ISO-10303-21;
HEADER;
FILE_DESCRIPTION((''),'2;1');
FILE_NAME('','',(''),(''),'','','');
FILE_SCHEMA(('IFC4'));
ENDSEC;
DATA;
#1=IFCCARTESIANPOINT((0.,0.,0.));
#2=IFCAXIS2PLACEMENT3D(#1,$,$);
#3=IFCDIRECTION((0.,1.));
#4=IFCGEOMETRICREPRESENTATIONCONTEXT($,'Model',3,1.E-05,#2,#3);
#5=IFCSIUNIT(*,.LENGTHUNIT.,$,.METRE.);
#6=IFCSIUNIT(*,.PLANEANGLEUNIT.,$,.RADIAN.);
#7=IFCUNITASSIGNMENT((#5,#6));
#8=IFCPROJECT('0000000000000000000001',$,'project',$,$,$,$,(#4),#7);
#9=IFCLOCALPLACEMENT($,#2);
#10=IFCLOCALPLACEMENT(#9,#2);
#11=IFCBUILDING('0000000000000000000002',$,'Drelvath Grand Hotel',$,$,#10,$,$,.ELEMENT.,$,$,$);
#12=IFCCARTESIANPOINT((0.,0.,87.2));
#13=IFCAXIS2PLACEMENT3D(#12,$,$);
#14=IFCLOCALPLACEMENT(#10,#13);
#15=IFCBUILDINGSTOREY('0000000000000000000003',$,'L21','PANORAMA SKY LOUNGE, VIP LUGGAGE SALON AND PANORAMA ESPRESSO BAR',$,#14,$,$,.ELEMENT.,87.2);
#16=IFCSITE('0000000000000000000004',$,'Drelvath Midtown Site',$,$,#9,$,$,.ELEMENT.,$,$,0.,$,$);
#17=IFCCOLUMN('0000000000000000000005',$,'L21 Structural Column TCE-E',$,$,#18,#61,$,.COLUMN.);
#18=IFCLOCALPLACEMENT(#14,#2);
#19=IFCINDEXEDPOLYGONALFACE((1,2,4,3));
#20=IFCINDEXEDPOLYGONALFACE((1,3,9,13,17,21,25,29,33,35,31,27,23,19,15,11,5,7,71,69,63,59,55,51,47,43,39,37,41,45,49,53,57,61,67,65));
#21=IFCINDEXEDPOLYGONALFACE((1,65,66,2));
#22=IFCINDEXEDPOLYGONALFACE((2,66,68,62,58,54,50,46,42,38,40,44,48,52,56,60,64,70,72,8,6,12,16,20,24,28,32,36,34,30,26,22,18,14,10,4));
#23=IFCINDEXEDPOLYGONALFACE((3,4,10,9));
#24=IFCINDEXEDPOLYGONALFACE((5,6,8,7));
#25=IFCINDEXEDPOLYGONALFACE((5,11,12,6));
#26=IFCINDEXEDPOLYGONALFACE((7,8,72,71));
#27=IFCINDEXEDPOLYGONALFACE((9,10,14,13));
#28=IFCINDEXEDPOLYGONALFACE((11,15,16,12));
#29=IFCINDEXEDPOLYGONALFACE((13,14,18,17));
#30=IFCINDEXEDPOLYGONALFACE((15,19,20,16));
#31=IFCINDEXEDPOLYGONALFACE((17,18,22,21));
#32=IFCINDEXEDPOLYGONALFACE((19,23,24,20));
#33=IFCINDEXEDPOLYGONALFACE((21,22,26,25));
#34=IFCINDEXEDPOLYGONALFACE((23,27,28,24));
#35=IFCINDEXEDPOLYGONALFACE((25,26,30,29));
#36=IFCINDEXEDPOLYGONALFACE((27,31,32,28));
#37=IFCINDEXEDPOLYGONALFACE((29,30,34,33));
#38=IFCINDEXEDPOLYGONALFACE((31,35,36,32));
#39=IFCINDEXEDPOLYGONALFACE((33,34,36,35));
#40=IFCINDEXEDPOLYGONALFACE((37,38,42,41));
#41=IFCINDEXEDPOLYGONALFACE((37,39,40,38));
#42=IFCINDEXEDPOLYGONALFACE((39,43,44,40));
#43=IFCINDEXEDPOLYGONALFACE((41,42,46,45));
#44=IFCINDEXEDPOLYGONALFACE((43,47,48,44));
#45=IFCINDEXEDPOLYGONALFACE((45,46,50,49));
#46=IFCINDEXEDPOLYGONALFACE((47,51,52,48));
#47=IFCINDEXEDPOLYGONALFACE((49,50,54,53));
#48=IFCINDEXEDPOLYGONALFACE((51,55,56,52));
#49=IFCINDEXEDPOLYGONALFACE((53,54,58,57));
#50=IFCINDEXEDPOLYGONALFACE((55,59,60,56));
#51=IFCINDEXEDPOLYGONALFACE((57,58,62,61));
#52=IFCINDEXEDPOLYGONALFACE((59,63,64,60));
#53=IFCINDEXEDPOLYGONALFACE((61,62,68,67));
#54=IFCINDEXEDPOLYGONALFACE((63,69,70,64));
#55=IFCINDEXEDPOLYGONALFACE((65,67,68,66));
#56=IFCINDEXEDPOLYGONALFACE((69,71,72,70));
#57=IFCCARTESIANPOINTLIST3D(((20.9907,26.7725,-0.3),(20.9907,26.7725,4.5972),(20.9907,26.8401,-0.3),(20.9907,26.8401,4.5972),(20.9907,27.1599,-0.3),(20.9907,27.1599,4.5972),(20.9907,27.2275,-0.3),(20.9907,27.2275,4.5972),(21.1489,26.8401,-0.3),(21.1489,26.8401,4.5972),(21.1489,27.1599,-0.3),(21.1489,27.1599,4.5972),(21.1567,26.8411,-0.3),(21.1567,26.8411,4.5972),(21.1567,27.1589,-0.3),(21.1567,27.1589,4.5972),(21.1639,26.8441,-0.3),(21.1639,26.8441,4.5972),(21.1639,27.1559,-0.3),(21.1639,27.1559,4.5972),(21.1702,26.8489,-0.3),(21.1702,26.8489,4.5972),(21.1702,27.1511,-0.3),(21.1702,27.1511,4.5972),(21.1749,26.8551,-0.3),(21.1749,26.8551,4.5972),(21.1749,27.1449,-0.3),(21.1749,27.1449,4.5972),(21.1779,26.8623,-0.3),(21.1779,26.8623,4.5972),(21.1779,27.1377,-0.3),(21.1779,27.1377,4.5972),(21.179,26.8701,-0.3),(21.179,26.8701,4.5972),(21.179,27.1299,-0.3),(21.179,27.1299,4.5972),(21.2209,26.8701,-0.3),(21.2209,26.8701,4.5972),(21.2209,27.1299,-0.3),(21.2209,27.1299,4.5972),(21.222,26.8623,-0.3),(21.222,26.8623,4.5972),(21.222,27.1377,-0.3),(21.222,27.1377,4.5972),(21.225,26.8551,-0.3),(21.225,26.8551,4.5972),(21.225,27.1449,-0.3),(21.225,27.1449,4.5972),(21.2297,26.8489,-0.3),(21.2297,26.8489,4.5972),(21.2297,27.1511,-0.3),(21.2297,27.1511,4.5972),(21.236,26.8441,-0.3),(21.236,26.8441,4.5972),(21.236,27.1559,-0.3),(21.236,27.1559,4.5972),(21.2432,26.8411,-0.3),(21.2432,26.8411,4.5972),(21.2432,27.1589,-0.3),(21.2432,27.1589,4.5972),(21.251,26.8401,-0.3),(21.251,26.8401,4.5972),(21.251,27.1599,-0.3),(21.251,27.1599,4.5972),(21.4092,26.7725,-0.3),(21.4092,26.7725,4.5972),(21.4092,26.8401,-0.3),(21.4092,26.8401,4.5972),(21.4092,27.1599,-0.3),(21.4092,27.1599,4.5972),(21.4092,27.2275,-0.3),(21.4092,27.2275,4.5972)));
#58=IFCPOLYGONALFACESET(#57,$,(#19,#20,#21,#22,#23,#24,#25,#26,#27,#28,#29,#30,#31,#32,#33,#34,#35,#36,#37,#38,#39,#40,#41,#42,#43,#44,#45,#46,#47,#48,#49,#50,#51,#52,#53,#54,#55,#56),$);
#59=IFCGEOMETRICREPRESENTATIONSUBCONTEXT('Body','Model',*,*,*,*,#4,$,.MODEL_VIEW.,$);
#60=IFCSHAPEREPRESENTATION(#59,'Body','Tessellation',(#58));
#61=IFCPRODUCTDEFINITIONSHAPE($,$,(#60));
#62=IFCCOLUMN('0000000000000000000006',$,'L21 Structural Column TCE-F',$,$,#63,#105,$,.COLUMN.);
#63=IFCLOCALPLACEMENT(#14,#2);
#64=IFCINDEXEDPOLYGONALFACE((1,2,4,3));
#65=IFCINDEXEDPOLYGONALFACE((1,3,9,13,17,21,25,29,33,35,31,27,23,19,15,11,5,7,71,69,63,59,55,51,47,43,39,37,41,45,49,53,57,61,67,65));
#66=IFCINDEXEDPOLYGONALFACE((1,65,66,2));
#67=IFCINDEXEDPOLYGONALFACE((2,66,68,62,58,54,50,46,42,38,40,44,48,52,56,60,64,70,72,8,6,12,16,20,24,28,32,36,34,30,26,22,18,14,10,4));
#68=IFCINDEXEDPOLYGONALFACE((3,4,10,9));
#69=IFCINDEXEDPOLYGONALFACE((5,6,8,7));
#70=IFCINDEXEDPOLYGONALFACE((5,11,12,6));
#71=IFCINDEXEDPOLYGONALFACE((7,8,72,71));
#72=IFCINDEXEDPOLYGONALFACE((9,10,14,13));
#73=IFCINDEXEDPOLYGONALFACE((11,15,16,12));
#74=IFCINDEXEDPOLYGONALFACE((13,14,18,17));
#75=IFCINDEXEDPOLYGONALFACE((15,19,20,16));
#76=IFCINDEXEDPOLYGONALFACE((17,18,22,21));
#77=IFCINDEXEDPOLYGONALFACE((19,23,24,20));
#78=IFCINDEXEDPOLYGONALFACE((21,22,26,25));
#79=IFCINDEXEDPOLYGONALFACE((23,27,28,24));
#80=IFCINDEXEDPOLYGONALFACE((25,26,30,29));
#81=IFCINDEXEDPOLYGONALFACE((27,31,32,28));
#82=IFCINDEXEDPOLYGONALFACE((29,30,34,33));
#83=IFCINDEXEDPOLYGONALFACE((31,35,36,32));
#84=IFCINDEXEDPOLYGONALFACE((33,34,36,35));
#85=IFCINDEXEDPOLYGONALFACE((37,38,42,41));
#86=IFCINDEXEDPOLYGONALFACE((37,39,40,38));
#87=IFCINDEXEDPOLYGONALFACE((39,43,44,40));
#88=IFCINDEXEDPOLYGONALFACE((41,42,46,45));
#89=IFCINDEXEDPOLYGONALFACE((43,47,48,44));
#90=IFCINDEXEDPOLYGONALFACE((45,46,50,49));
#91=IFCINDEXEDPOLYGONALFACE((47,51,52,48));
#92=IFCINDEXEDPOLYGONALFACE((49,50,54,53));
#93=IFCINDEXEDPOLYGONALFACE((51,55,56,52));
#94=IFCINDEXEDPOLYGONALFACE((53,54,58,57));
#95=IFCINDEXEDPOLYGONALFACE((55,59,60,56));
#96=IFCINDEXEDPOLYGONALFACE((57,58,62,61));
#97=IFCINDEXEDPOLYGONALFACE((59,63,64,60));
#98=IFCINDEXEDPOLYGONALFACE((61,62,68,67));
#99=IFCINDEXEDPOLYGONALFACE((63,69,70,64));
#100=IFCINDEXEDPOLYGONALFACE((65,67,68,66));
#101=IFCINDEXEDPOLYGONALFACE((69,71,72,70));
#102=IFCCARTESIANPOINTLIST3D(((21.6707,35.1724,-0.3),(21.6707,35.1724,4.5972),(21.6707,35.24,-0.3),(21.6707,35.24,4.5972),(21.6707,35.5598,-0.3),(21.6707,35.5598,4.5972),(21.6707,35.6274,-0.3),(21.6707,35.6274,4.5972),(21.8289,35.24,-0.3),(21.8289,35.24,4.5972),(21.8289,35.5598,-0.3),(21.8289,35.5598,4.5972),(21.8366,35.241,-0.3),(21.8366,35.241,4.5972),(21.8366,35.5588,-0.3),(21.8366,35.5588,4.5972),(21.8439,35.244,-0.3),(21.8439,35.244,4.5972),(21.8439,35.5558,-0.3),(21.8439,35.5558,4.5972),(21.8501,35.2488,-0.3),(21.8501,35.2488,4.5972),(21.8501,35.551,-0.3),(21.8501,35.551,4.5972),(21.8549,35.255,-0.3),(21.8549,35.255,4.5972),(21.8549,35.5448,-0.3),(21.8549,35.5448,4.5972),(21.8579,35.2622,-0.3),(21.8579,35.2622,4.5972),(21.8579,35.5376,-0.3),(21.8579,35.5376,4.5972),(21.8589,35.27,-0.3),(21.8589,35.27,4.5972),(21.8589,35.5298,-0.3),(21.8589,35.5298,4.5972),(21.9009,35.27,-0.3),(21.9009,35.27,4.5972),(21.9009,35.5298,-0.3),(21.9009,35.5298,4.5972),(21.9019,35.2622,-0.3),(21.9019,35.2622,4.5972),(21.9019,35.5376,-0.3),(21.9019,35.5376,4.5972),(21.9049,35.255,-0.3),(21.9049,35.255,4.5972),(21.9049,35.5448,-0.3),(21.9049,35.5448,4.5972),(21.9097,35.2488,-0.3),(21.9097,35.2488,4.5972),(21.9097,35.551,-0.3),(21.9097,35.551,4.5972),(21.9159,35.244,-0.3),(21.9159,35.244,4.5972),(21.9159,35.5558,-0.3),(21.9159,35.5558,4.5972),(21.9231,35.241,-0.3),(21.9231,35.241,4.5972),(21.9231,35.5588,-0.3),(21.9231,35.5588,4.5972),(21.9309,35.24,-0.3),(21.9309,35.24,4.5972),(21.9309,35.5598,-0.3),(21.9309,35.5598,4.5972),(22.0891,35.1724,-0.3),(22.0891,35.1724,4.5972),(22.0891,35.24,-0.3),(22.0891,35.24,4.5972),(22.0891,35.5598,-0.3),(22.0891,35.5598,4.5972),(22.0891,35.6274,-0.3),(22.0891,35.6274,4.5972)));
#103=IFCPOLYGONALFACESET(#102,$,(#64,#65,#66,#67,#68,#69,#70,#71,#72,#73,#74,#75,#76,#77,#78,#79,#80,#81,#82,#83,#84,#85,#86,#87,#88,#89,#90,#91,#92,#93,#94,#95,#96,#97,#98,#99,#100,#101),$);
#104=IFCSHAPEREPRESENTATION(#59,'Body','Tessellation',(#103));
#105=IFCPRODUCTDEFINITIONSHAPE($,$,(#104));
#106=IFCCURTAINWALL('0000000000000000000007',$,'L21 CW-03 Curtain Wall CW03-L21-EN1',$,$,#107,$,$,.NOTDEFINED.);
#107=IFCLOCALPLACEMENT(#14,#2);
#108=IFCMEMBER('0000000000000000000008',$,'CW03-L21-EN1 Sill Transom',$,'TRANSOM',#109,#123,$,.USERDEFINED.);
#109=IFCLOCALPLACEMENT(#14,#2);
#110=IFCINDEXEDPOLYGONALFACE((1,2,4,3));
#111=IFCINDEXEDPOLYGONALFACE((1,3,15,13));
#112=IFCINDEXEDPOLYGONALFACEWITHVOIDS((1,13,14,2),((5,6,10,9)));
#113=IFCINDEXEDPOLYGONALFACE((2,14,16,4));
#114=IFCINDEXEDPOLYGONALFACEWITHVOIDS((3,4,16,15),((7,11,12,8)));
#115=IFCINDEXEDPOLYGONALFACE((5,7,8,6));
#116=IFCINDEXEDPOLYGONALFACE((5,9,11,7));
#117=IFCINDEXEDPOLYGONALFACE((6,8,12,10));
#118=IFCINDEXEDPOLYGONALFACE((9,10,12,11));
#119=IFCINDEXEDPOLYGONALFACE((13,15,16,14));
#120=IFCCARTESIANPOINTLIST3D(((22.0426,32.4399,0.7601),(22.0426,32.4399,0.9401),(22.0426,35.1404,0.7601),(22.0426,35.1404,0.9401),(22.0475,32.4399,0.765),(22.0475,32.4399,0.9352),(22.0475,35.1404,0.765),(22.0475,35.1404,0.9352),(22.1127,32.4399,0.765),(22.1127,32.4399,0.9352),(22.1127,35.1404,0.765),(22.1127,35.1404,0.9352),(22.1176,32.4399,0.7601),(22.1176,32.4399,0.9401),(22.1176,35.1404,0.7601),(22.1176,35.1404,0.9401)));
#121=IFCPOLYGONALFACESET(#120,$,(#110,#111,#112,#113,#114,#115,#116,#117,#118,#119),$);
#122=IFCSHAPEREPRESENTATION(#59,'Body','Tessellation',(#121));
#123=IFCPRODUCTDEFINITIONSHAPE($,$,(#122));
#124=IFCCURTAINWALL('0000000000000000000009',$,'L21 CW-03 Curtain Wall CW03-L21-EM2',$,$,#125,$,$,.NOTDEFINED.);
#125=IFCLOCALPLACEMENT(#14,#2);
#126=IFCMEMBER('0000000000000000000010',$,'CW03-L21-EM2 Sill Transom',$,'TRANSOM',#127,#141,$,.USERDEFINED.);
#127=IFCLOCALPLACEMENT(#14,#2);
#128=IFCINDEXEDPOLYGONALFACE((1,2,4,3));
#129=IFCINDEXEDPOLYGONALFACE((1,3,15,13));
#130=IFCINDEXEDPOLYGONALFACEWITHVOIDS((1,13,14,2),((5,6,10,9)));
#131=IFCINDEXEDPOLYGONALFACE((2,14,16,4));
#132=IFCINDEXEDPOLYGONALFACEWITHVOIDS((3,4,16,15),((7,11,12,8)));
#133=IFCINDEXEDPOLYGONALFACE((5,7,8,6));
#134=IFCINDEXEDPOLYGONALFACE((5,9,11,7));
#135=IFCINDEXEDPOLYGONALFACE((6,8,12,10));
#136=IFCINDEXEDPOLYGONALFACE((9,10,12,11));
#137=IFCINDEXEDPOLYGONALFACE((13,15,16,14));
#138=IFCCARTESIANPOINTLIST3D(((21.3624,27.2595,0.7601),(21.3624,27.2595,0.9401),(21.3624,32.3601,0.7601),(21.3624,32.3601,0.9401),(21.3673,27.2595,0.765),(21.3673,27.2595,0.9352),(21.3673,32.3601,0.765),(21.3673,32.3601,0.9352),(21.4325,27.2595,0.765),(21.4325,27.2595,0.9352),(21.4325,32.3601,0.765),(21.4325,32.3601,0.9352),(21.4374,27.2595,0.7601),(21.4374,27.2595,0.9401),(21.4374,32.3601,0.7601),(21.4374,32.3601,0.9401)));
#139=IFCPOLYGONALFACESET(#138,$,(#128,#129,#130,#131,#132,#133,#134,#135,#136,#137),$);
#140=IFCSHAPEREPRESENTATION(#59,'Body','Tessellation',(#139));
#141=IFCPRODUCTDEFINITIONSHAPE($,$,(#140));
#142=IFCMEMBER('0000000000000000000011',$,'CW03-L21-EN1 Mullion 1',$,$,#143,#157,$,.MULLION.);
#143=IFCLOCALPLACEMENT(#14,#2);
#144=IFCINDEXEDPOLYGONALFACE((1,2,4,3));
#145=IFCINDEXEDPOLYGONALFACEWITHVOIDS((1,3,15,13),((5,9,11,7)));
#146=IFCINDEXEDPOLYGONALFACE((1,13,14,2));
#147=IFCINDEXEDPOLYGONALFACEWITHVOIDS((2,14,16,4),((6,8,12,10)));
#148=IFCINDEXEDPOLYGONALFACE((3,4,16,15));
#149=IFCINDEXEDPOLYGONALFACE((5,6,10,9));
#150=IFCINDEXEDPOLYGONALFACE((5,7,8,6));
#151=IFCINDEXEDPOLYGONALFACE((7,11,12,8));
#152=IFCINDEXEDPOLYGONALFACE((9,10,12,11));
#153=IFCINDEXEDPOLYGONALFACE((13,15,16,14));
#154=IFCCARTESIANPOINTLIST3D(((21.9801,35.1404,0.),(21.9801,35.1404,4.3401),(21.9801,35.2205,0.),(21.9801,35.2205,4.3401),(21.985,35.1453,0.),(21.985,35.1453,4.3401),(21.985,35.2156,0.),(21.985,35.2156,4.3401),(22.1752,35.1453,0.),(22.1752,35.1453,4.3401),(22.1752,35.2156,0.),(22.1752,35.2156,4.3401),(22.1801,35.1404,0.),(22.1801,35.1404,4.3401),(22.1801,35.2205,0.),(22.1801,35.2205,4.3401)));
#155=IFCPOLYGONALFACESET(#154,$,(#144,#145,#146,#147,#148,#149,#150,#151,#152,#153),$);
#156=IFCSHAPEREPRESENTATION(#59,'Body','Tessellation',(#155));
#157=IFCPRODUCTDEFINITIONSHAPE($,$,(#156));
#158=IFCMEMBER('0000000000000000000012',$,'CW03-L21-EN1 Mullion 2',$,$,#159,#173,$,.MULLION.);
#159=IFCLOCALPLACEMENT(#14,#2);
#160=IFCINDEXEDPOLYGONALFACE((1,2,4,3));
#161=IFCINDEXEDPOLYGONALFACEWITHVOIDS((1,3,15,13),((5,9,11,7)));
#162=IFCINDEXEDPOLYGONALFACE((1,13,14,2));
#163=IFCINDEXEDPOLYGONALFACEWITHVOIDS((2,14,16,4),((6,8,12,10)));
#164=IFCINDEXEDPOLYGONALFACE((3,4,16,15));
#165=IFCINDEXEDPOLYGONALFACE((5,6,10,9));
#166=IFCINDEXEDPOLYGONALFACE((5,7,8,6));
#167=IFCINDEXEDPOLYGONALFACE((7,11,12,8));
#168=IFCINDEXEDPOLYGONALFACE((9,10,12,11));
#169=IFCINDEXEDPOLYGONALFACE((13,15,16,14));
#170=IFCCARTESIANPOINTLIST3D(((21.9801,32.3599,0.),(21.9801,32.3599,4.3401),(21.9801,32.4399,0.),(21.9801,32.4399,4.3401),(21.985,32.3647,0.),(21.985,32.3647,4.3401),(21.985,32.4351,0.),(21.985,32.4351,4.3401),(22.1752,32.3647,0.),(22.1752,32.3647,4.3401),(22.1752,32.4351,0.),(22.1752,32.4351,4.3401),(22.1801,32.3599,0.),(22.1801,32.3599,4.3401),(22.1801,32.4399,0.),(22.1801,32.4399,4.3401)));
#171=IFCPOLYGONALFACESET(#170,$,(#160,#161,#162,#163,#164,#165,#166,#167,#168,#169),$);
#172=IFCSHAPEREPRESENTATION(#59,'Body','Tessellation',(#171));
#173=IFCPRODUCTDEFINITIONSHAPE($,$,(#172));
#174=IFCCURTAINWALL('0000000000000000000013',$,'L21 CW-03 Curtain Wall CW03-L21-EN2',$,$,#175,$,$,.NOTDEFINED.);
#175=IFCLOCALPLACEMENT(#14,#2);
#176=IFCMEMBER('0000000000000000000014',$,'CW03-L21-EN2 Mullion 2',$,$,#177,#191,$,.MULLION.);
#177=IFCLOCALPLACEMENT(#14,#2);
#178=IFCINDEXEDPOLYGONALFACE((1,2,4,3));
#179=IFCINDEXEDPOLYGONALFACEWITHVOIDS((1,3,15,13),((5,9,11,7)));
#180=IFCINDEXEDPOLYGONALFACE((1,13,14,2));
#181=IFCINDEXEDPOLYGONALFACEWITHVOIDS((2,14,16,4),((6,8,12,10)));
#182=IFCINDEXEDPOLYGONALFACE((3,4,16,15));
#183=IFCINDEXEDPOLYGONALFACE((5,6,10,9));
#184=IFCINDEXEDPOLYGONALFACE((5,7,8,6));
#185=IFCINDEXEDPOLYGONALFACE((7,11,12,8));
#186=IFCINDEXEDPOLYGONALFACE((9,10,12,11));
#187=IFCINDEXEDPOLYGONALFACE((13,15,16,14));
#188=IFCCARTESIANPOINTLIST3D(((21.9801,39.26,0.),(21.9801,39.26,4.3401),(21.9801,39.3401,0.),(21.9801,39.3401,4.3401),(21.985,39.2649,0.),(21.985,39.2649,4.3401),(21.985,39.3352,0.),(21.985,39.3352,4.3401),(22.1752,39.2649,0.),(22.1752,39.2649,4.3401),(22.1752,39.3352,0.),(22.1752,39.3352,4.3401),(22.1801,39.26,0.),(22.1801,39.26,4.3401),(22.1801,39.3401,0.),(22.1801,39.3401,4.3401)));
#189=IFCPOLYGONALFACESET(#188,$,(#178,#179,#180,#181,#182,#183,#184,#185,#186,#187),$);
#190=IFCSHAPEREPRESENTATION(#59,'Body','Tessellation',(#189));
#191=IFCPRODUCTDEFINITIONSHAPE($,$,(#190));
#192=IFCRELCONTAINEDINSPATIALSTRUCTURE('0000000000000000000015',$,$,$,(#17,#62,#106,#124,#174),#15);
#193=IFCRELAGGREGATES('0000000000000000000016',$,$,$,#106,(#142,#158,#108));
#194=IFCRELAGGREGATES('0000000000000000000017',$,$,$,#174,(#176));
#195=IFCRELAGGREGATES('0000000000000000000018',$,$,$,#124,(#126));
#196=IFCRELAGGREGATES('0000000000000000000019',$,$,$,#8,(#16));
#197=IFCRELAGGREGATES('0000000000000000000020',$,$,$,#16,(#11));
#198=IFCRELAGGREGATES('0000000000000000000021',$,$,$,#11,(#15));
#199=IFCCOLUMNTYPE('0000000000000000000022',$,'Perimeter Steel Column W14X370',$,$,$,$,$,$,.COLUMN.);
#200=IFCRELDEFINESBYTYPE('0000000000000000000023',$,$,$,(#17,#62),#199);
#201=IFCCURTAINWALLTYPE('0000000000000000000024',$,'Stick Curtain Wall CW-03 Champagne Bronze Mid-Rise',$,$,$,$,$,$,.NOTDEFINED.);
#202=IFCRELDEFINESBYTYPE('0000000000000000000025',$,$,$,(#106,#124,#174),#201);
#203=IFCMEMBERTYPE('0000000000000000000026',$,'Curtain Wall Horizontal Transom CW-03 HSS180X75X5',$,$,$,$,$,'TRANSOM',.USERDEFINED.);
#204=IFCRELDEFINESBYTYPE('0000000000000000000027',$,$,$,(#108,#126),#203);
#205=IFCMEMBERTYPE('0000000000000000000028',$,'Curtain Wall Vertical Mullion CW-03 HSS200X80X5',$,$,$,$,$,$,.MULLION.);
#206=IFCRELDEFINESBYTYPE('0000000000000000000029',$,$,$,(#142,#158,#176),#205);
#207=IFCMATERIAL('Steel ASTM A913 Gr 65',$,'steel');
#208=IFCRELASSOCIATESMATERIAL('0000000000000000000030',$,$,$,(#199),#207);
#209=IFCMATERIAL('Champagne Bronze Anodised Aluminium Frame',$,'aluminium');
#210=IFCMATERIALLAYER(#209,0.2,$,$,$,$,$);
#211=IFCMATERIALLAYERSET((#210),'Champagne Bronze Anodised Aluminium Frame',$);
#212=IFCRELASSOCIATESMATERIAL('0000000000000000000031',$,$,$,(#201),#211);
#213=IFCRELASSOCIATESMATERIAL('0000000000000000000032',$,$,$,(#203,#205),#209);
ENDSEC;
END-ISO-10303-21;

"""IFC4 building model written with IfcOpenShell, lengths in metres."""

from ifc_helpers import new_model, si_unit, direction, frame, origin, origin_2d, place, context, subcontext, project, spatial, hollow_rectangle, i_section, extrude, material, layer, layer_set, material_profile, profile_set, type_object, element, aggregate, save


model = new_model("IFC4")

# Units and contexts
model_context = context("Model", 3, precision=1e-05, world=origin(), true_north=direction((0.0, 1.0)))
body_context = subcontext(model_context, "Body", "Model", "MODEL_VIEW")
ifc_project = project(units=[si_unit("LENGTHUNIT", "METRE"), si_unit("PLANEANGLEUNIT", "RADIAN")], contexts=[model_context])

# Site, building, storey
site_placement = place(None, origin())
site = spatial("IfcSite", under=ifc_project, at=site_placement, Name="Drelvath Midtown Site", CompositionType="ELEMENT", RefElevation=0.0)
building_placement = place(site_placement, origin())
building = spatial("IfcBuilding", under=site, at=building_placement, Name="Drelvath Grand Hotel", CompositionType="ELEMENT")
storey_placement = place(building_placement, frame((0.0, 0.0, 87.2)))
storey = spatial("IfcBuildingStorey", under=building, at=storey_placement, Name="L21", Description="PANORAMA SKY LOUNGE, VIP LUGGAGE SALON AND PANORAMA ESPRESSO BAR", CompositionType="ELEMENT", Elevation=87.2)

# Columns
ifc_material_1 = material(Name="Steel ASTM A913 Gr 65", Category="steel")
ifc_material_profile_1 = material_profile(ifc_material_1, i_section(OverallWidth=0.4185, OverallDepth=0.4551, WebThickness=0.042, FlangeThickness=0.0676, FilletRadius=0.03, at=origin_2d()), Name="W14X370")
ifc_profile_set_1 = profile_set([ifc_material_profile_1], Name="Steel ASTM A913 Gr 65")
column_type = type_object("IfcColumnType", Name="Perimeter Steel Column W14X370", PredefinedType="COLUMN", material=ifc_profile_set_1)
for number, where, z_axis, x_axis, name in (
    (1, (21.2, 27.0, -0.3), (0.0, 0.0, 1.0), (1.0, 0.0, 0.0), "L21 Structural Column TCE-E"),
    (2, (21.8799, 35.3999, -0.3), (0.0, 0.0, 1.0), (1.0, 0.0, 0.0), "L21 Structural Column TCE-F"),
):
    element("IfcColumn", number, at=place(storey_placement, frame(where, z_axis=z_axis, x_axis=x_axis)), inside=storey, type_object=column_type, Name=name, PredefinedType="COLUMN", context=body_context, shape_type="SweptSolid", body=[
        extrude(i_section(OverallWidth=0.4185, OverallDepth=0.4551, WebThickness=0.042, FlangeThickness=0.0676, FilletRadius=0.03, at=origin_2d()), origin(), (0.0, 0.0, 1.0), 4.8972),
    ])

# Curtain walls, members
ifc_material_2 = material(Name="Champagne Bronze Anodised Aluminium Frame", Category="aluminium")
ifc_layer_1 = layer(ifc_material_2, 0.2)
ifc_layer_set_1 = layer_set([ifc_layer_1], Name="Champagne Bronze Anodised Aluminium Frame")
curtain_wall_type = type_object("IfcCurtainWallType", Name="Stick Curtain Wall CW-03 Champagne Bronze Mid-Rise", PredefinedType="NOTDEFINED", material=ifc_layer_set_1)
curtain_wall_1_placement = place(storey_placement, origin())
curtain_wall_1 = element("IfcCurtainWall", 3, at=curtain_wall_1_placement, inside=storey, type_object=curtain_wall_type, Name="L21 CW-03 Curtain Wall CW03-L21-EN1", PredefinedType="NOTDEFINED")
ifc_material_profile_2 = material_profile(ifc_material_2, hollow_rectangle(XDim=0.075, YDim=0.1799, WallThickness=0.0049, at=origin_2d()), Name="HSS180X75X5")
ifc_profile_set_2 = profile_set([ifc_material_profile_2], Name="Champagne Bronze Anodised Aluminium Frame")
member_type_1 = type_object("IfcMemberType", Name="Curtain Wall Horizontal Transom CW-03 HSS180X75X5", ElementType="TRANSOM", PredefinedType="USERDEFINED", material=ifc_profile_set_2)
member_1_placement = place(storey_placement, frame((22.0801, 35.1404, 0.8501), z_axis=(0.0, -1.0, 0.0), x_axis=(1.0, 0.0, 0.0)))
member_1 = element("IfcMember", 4, at=member_1_placement, type_object=member_type_1, Name="CW03-L21-EN1 Sill Transom", ObjectType="TRANSOM", PredefinedType="USERDEFINED", context=body_context, shape_type="SweptSolid", body=[
    extrude(hollow_rectangle(XDim=0.075, YDim=0.1799, WallThickness=0.0049, at=origin_2d()), origin(), (0.0, 0.0, 1.0), 2.7004),
])
curtain_wall_2_placement = place(storey_placement, origin())
curtain_wall_2 = element("IfcCurtainWall", 5, at=curtain_wall_2_placement, inside=storey, type_object=curtain_wall_type, Name="L21 CW-03 Curtain Wall CW03-L21-EM2", PredefinedType="NOTDEFINED")
member_2_placement = place(storey_placement, frame((21.3999, 32.3601, 0.8501), z_axis=(0.0, -1.0, 0.0), x_axis=(1.0, 0.0, 0.0)))
member_2 = element("IfcMember", 6, at=member_2_placement, type_object=member_type_1, Name="CW03-L21-EM2 Sill Transom", ObjectType="TRANSOM", PredefinedType="USERDEFINED", context=body_context, shape_type="SweptSolid", body=[
    extrude(hollow_rectangle(XDim=0.075, YDim=0.1799, WallThickness=0.0049, at=origin_2d()), origin(), (0.0, 0.0, 1.0), 5.1006),
])

# Members
ifc_material_profile_3 = material_profile(ifc_material_2, hollow_rectangle(XDim=0.0801, YDim=0.2, WallThickness=0.0049, at=origin_2d()), Name="HSS200X80X5")
ifc_profile_set_3 = profile_set([ifc_material_profile_3], Name="Champagne Bronze Anodised Aluminium Frame")
member_type_2 = type_object("IfcMemberType", Name="Curtain Wall Vertical Mullion CW-03 HSS200X80X5", PredefinedType="MULLION", material=ifc_profile_set_3)
member_3_placement = place(storey_placement, frame((22.0801, 35.1804, 0.0), z_axis=(0.0, 0.0, 1.0), x_axis=(0.0, 1.0, 0.0)))
member_3 = element("IfcMember", 7, at=member_3_placement, type_object=member_type_2, Name="CW03-L21-EN1 Mullion 1", PredefinedType="MULLION", context=body_context, shape_type="SweptSolid", body=[
    extrude(hollow_rectangle(XDim=0.0801, YDim=0.2, WallThickness=0.0049, at=origin_2d()), origin(), (0.0, 0.0, 1.0), 4.3401),
])
member_4_placement = place(storey_placement, frame((22.0801, 32.3999, 0.0), z_axis=(0.0, 0.0, 1.0), x_axis=(0.0, 1.0, 0.0)))
member_4 = element("IfcMember", 8, at=member_4_placement, type_object=member_type_2, Name="CW03-L21-EN1 Mullion 2", PredefinedType="MULLION", context=body_context, shape_type="SweptSolid", body=[
    extrude(hollow_rectangle(XDim=0.0801, YDim=0.2, WallThickness=0.0049, at=origin_2d()), origin(), (0.0, 0.0, 1.0), 4.3401),
])

# Curtain wall, member
curtain_wall_3_placement = place(storey_placement, origin())
curtain_wall_3 = element("IfcCurtainWall", 9, at=curtain_wall_3_placement, inside=storey, type_object=curtain_wall_type, Name="L21 CW-03 Curtain Wall CW03-L21-EN2", PredefinedType="NOTDEFINED")
member_5_placement = place(storey_placement, frame((22.0801, 39.3, 0.0), z_axis=(0.0, 0.0, 1.0), x_axis=(0.0, 1.0, 0.0)))
member_5 = element("IfcMember", 10, at=member_5_placement, type_object=member_type_2, Name="CW03-L21-EN2 Mullion 2", PredefinedType="MULLION", context=body_context, shape_type="SweptSolid", body=[
    extrude(hollow_rectangle(XDim=0.0801, YDim=0.2, WallThickness=0.0049, at=origin_2d()), origin(), (0.0, 0.0, 1.0), 4.3401),
])

aggregate(curtain_wall_1, [member_3, member_4, member_1])
aggregate(curtain_wall_3, [member_5])
aggregate(curtain_wall_2, [member_2])

save(model, "model.ifc")
